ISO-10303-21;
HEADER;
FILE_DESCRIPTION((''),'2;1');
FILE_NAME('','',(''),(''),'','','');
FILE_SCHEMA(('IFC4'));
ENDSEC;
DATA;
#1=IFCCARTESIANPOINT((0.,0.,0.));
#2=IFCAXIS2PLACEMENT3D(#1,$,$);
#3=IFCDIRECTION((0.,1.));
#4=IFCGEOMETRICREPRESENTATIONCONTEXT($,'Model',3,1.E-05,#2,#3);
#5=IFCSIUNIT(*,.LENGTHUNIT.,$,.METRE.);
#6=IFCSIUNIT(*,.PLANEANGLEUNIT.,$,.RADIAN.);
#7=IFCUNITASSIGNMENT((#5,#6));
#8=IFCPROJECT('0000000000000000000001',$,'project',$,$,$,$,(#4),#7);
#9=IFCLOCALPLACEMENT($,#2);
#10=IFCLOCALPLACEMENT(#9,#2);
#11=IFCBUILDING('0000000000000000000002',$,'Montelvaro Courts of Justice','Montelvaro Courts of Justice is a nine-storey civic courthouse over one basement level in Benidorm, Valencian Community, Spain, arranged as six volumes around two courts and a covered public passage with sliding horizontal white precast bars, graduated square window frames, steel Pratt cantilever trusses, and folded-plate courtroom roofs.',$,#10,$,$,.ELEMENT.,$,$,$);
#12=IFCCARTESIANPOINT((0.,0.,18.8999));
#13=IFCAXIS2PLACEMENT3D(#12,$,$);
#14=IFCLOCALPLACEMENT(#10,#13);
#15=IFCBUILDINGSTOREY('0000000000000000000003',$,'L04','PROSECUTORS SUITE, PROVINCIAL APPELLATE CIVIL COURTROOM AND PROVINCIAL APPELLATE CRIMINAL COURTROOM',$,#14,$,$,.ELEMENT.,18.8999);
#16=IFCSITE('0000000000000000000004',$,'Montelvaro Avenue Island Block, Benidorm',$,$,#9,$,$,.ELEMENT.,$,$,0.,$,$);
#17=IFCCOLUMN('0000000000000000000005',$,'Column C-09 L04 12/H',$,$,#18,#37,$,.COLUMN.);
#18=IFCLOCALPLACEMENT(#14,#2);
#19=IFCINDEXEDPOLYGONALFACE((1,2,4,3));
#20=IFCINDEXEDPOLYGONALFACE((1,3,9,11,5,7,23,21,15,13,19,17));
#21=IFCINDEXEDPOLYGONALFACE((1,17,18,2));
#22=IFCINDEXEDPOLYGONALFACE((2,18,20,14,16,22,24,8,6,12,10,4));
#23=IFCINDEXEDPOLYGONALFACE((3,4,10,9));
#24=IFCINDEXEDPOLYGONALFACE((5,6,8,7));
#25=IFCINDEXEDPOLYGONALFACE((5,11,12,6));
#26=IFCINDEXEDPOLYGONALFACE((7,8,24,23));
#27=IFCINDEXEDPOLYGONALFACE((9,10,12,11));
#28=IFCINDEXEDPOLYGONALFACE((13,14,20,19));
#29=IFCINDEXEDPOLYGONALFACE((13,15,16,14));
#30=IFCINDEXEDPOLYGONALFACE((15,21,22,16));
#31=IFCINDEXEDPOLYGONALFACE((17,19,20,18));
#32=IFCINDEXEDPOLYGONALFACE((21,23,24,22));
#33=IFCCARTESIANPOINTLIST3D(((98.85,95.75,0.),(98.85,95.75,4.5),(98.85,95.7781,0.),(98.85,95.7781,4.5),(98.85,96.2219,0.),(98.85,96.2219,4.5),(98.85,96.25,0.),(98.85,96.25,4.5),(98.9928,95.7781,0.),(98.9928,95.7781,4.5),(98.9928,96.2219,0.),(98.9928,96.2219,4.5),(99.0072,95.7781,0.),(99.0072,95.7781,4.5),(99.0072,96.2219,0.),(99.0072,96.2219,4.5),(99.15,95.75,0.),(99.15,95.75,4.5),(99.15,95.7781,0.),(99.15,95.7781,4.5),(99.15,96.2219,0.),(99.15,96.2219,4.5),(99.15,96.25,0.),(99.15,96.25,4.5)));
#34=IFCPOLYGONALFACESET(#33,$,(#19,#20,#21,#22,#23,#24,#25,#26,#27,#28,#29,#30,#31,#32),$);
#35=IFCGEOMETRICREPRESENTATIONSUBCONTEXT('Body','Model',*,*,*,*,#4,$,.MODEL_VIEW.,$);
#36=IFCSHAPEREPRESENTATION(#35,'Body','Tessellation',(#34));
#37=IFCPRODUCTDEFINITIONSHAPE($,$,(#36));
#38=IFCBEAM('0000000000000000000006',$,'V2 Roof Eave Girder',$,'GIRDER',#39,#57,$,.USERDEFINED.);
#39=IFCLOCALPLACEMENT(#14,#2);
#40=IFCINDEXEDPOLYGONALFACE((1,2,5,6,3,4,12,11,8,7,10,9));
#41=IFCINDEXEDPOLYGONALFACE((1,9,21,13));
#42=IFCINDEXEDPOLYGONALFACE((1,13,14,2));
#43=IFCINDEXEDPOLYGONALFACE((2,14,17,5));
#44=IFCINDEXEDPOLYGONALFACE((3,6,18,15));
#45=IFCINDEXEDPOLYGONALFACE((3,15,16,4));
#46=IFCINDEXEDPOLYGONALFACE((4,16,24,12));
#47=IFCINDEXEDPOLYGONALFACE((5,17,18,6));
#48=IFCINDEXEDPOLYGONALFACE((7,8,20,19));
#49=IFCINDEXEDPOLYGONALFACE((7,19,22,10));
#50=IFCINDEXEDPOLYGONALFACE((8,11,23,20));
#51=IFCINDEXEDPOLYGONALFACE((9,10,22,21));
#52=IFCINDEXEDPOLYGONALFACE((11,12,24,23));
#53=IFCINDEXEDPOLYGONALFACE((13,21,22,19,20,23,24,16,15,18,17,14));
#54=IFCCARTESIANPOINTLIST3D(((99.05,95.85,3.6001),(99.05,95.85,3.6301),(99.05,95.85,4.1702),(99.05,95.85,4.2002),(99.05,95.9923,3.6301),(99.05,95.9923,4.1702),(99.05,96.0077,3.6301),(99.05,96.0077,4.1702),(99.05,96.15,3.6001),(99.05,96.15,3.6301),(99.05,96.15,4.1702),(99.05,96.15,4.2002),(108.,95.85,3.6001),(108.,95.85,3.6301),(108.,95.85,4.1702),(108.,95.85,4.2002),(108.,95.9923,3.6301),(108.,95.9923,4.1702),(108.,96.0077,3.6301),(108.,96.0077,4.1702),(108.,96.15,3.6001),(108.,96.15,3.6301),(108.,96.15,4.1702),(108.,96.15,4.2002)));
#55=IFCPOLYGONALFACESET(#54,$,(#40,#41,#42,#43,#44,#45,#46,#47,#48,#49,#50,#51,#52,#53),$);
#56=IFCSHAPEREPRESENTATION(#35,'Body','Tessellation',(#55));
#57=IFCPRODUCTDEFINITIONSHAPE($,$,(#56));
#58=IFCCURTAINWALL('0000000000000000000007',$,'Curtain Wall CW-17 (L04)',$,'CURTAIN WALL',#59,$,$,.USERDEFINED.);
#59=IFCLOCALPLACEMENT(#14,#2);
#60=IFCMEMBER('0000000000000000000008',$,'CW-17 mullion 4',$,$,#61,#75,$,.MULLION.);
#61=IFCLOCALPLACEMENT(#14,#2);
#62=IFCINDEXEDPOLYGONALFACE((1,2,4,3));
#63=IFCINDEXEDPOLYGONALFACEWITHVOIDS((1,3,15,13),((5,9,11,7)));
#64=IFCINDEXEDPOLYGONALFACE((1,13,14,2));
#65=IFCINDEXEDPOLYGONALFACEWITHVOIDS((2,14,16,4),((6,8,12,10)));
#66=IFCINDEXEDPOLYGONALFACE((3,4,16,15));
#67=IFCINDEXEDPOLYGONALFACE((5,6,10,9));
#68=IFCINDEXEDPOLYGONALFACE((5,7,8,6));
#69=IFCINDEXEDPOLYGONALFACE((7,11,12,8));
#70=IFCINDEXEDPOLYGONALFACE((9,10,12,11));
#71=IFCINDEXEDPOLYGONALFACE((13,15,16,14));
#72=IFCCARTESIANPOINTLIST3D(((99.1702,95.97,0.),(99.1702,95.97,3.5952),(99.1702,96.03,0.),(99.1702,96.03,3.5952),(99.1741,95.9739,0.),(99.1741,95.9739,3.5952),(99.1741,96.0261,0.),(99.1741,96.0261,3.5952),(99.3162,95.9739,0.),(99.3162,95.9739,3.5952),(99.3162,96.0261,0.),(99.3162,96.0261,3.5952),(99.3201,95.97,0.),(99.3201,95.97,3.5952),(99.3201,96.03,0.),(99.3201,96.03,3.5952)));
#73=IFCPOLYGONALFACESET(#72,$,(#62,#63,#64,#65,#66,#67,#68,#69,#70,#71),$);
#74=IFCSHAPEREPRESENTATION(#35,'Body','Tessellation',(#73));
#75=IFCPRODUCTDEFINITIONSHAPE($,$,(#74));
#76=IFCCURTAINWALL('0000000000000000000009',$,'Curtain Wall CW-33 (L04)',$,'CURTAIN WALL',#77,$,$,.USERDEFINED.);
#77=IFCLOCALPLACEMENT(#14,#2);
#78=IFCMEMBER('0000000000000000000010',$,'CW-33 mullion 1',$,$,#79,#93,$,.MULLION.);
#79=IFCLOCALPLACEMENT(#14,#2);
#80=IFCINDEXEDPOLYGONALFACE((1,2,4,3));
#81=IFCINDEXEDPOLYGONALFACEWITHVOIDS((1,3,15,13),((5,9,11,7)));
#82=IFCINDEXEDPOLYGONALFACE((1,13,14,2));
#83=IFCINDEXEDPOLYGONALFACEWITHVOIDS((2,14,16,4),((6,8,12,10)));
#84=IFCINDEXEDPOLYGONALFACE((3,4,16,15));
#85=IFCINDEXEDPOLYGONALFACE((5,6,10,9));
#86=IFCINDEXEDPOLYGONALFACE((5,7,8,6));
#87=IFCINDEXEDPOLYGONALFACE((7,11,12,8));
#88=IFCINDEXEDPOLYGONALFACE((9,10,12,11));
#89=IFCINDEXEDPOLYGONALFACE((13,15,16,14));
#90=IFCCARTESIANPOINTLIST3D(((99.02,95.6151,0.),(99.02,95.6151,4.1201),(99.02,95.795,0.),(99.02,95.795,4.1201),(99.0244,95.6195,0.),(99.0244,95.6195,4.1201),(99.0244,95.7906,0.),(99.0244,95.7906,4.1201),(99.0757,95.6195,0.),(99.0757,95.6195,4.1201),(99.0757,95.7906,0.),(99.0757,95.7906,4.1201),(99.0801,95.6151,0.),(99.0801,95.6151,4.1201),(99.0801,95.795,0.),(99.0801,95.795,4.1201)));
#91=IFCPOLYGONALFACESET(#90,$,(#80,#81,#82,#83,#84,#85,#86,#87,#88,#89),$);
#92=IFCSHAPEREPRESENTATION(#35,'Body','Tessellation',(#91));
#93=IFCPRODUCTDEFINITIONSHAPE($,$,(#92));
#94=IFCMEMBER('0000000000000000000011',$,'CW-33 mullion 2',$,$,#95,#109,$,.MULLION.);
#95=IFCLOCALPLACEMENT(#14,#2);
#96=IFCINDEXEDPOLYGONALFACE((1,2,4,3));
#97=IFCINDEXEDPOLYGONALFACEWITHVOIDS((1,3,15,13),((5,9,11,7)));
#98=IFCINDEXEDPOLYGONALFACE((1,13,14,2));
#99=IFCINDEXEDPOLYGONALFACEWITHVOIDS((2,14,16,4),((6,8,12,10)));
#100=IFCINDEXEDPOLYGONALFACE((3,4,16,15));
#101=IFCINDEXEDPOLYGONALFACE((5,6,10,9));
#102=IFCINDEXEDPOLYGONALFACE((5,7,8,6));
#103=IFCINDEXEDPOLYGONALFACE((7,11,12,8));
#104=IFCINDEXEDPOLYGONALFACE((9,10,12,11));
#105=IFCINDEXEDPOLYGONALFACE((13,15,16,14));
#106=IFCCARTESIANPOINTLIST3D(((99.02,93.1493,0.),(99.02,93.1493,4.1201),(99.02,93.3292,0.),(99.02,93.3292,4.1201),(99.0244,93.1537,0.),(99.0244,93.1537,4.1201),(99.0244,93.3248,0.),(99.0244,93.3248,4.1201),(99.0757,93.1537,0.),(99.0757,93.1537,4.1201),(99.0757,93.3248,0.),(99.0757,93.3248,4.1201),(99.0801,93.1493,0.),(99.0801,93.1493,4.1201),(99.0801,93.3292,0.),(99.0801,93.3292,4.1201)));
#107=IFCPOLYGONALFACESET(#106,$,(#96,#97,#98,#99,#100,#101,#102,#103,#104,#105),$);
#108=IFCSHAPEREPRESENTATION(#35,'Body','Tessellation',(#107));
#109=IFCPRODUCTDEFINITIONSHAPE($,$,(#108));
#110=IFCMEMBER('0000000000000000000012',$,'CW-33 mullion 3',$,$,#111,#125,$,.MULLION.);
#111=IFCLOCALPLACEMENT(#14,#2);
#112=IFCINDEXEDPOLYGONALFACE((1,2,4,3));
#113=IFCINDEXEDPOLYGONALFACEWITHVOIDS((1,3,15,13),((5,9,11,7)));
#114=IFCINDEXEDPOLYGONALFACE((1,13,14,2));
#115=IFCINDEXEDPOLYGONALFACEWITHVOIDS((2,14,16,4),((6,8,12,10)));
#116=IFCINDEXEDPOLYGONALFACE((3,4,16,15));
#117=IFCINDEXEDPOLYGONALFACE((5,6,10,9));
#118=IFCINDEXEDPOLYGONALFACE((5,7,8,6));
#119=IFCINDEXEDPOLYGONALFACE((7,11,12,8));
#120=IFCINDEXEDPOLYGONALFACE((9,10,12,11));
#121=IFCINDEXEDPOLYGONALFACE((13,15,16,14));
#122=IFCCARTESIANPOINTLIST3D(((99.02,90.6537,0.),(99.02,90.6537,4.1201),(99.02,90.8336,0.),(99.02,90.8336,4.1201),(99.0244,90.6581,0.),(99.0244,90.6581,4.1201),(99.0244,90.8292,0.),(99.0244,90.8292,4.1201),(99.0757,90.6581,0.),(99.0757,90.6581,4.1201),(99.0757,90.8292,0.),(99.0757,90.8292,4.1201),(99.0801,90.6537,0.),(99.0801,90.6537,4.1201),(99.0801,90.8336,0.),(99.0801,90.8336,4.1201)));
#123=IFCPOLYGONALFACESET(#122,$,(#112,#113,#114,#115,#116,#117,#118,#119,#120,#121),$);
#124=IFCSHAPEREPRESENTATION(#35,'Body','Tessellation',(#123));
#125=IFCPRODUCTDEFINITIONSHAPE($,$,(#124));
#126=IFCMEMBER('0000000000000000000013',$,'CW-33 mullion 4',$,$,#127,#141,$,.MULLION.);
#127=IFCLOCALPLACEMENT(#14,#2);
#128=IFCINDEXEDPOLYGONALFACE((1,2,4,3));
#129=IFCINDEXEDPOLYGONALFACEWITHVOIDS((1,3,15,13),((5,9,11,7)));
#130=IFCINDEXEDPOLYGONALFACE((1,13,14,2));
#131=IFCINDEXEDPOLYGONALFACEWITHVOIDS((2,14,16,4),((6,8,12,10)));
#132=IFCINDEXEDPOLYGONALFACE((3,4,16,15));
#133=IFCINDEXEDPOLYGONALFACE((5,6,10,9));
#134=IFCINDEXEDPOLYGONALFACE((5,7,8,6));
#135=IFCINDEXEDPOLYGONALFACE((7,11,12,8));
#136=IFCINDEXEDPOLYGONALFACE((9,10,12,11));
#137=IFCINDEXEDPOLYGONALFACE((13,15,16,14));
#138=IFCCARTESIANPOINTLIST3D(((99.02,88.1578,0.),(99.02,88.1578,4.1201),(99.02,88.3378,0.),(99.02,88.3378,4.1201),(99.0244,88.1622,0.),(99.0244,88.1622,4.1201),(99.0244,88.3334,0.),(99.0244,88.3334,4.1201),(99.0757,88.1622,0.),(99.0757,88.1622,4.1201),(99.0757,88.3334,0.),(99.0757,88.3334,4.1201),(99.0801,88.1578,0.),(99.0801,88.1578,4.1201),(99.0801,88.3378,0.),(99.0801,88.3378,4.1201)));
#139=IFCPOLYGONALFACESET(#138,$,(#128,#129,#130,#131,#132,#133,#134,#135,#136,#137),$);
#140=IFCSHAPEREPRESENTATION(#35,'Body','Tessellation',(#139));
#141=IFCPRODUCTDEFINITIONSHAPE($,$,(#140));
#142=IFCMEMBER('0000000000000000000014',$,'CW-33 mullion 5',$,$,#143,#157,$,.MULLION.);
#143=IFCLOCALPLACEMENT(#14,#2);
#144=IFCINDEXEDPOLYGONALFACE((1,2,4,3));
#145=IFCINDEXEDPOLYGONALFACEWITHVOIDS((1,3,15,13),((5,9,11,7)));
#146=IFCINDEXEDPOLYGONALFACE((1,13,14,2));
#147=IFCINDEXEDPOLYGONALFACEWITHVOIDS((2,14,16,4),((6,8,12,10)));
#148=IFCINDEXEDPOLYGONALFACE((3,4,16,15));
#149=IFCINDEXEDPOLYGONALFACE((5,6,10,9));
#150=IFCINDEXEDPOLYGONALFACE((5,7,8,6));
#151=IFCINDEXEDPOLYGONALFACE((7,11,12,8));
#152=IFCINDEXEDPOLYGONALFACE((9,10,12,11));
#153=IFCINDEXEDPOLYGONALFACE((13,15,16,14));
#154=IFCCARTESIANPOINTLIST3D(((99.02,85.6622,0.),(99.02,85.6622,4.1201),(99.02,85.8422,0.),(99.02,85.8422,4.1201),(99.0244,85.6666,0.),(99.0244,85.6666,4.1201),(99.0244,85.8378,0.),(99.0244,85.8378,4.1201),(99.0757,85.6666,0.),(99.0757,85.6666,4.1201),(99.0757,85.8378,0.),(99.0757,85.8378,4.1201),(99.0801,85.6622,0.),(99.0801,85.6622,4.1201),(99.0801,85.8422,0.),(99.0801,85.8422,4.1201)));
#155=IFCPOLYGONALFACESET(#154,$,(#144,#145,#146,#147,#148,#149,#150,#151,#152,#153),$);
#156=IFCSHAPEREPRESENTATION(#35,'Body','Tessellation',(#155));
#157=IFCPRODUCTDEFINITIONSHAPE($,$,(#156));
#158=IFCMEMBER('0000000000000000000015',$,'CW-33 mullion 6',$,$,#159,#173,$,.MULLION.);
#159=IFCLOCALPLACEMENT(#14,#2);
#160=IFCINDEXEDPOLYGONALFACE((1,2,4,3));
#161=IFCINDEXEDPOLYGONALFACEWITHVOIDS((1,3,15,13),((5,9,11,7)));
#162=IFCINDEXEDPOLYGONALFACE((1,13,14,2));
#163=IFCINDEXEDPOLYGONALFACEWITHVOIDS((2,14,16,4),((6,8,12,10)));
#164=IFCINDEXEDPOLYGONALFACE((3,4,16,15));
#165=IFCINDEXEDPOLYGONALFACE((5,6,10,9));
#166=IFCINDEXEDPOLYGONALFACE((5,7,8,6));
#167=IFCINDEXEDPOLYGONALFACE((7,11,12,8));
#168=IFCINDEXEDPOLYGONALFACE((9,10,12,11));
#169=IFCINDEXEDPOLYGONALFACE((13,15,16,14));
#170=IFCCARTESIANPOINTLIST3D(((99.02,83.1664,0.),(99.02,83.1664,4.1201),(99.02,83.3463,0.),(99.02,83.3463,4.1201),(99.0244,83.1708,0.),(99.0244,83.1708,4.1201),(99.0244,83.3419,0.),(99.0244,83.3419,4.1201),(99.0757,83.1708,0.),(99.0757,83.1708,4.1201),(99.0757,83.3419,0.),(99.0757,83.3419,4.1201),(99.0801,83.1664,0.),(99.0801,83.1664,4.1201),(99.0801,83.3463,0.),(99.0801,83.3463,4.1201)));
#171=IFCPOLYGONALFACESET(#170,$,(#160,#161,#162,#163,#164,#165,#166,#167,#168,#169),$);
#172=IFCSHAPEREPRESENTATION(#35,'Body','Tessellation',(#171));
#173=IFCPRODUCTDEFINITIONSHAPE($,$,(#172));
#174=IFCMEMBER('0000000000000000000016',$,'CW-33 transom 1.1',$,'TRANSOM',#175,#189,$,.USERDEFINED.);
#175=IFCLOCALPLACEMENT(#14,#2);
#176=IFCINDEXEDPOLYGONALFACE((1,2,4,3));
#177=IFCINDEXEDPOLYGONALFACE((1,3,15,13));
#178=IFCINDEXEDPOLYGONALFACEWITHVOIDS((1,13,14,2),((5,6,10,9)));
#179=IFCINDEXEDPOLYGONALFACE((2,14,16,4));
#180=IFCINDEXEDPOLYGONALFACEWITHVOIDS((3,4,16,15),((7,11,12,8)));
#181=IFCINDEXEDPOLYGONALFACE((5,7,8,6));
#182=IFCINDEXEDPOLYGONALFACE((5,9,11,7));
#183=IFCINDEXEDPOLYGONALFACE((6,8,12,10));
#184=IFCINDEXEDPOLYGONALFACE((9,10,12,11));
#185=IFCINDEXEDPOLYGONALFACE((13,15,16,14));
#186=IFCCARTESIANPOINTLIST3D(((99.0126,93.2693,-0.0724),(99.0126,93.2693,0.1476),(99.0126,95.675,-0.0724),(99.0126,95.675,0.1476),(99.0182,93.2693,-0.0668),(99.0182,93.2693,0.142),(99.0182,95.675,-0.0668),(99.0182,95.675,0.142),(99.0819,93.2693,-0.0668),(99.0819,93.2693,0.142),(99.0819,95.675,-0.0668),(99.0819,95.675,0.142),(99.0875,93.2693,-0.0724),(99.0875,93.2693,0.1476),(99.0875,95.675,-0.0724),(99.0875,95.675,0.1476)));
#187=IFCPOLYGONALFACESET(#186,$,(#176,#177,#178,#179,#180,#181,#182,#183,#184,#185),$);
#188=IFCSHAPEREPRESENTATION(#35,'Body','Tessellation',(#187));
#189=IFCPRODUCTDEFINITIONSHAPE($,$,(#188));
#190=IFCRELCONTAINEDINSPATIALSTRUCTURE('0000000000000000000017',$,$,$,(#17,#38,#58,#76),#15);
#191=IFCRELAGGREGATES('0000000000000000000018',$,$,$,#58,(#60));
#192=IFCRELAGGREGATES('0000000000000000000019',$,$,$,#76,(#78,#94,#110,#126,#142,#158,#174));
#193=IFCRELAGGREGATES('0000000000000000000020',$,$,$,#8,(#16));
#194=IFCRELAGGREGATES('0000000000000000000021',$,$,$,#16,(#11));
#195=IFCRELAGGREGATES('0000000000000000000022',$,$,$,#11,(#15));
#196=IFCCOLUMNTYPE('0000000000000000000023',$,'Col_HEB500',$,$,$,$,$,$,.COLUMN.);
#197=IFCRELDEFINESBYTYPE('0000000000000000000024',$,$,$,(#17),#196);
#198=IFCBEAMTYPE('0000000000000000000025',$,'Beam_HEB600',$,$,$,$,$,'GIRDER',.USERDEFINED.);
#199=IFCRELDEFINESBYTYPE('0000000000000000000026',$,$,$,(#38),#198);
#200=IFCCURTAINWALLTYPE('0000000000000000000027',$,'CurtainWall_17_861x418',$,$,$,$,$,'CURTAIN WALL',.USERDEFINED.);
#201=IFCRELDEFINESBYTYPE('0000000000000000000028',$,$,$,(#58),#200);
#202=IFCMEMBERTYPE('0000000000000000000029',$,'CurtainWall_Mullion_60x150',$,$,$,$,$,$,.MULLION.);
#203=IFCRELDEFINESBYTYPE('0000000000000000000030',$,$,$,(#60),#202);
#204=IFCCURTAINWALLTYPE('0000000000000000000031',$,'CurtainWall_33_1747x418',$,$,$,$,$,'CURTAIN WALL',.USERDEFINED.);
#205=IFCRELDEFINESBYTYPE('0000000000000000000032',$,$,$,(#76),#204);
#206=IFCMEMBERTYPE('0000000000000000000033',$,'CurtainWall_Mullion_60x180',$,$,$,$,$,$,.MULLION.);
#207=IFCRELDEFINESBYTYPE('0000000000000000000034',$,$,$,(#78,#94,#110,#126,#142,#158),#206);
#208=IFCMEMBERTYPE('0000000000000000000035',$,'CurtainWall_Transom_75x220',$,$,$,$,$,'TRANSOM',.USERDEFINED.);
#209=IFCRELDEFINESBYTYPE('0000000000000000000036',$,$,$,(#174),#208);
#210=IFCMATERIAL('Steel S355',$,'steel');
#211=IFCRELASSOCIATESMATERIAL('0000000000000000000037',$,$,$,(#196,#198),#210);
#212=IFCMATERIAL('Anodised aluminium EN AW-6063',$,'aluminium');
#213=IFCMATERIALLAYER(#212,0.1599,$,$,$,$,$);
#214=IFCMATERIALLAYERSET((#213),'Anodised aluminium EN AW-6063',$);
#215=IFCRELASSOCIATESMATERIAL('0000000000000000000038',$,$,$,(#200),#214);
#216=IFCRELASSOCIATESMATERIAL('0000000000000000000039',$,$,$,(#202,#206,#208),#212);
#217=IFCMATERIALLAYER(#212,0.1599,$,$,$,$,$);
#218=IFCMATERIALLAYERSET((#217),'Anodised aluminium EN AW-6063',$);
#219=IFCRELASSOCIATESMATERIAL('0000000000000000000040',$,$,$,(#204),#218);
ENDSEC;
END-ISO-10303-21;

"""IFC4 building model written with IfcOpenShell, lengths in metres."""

from ifc_helpers import new_model, si_unit, direction, frame, origin, origin_2d, place, context, subcontext, project, spatial, hollow_rectangle, i_section, extrude, material, layer, layer_set, material_profile, profile_set, type_object, element, aggregate, save


model = new_model("IFC4")

# Units and contexts
model_context = context("Model", 3, precision=1e-05, world=origin(), true_north=direction((0.0, 1.0)))
body_context = subcontext(model_context, "Body", "Model", "MODEL_VIEW")
ifc_project = project(units=[si_unit("LENGTHUNIT", "METRE"), si_unit("PLANEANGLEUNIT", "RADIAN")], contexts=[model_context])

# Site, building, storey
site_placement = place(None, origin())
site = spatial("IfcSite", under=ifc_project, at=site_placement, Name="Montelvaro Avenue Island Block, Benidorm", CompositionType="ELEMENT", RefElevation=0.0)
building_placement = place(site_placement, origin())
building = spatial("IfcBuilding", under=site, at=building_placement, Name="Montelvaro Courts of Justice", Description="Montelvaro Courts of Justice is a nine-storey civic courthouse over one basement level in Benidorm, Valencian Community, Spain, arranged as six volumes around two courts and a covered public passage with sliding horizontal white precast bars, graduated square window frames, steel Pratt cantilever trusses, and folded-plate courtroom roofs.", CompositionType="ELEMENT")
storey_placement = place(building_placement, frame((0.0, 0.0, 18.8999)))
storey = spatial("IfcBuildingStorey", under=building, at=storey_placement, Name="L04", Description="PROSECUTORS SUITE, PROVINCIAL APPELLATE CIVIL COURTROOM AND PROVINCIAL APPELLATE CRIMINAL COURTROOM", CompositionType="ELEMENT", Elevation=18.8999)

# Column
ifc_material_1 = material(Name="Steel S355", Category="steel")
ifc_material_profile_1 = material_profile(ifc_material_1, i_section(OverallWidth=0.3, OverallDepth=0.5, WebThickness=0.0144, FlangeThickness=0.0281, at=origin_2d()), Name="HEB 500")
ifc_profile_set_1 = profile_set([ifc_material_profile_1], Name="Steel S355")
column_type = type_object("IfcColumnType", Name="Col_HEB500", PredefinedType="COLUMN", material=ifc_profile_set_1)
column_placement = place(storey_placement, frame((99.0, 96.0, 0.0), z_axis=(0.0, 0.0, 1.0), x_axis=(1.0, 0.0, 0.0)))
element("IfcColumn", 1, at=column_placement, inside=storey, type_object=column_type, Name="Column C-09 L04 12/H", PredefinedType="COLUMN", context=body_context, shape_type="SweptSolid", body=[
    extrude(i_section(OverallWidth=0.3, OverallDepth=0.5, WebThickness=0.0144, FlangeThickness=0.0281, at=origin_2d()), origin(), (0.0, 0.0, 1.0), 4.5),
])

# Beam
ifc_material_profile_2 = material_profile(ifc_material_1, i_section(OverallWidth=0.3, OverallDepth=0.6001, WebThickness=0.0154, FlangeThickness=0.03, at=origin_2d()), Name="HEB 600")
ifc_profile_set_2 = profile_set([ifc_material_profile_2], Name="Steel S355")
beam_type = type_object("IfcBeamType", Name="Beam_HEB600", ElementType="GIRDER", PredefinedType="USERDEFINED", material=ifc_profile_set_2)
beam_placement = place(storey_placement, frame((99.05, 96.0, 3.9001), z_axis=(1.0, 0.0, 0.0), x_axis=(0.0, 1.0, 0.0)))
element("IfcBeam", 2, at=beam_placement, inside=storey, type_object=beam_type, Name="V2 Roof Eave Girder", ObjectType="GIRDER", PredefinedType="USERDEFINED", context=body_context, shape_type="SweptSolid", body=[
    extrude(i_section(OverallWidth=0.3, OverallDepth=0.6001, WebThickness=0.0154, FlangeThickness=0.03, at=origin_2d()), origin(), (0.0, 0.0, 1.0), 8.95),
])

# Curtain wall, member
ifc_material_2 = material(Name="Anodised aluminium EN AW-6063", Category="aluminium")
ifc_layer_1 = layer(ifc_material_2, 0.1599)
ifc_layer_set_1 = layer_set([ifc_layer_1], Name="Anodised aluminium EN AW-6063")
curtain_wall_type_1 = type_object("IfcCurtainWallType", Name="CurtainWall_17_861x418", ElementType="CURTAIN WALL", PredefinedType="USERDEFINED", material=ifc_layer_set_1)
curtain_wall_1_placement = place(storey_placement, origin())
curtain_wall_1 = element("IfcCurtainWall", 3, at=curtain_wall_1_placement, inside=storey, type_object=curtain_wall_type_1, Name="Curtain Wall CW-17 (L04)", ObjectType="CURTAIN WALL", PredefinedType="USERDEFINED")
ifc_material_profile_3 = material_profile(ifc_material_2, hollow_rectangle(XDim=0.0601, YDim=0.1499, WallThickness=0.0039, at=origin_2d()), Name="ALU-M 60x150")
ifc_profile_set_3 = profile_set([ifc_material_profile_3], Name="Anodised aluminium EN AW-6063")
member_type_1 = type_object("IfcMemberType", Name="CurtainWall_Mullion_60x150", PredefinedType="MULLION", material=ifc_profile_set_3)
member_1_placement = place(storey_placement, frame((99.2451, 96.0, 0.0), z_axis=(0.0, 0.0, 1.0), x_axis=(0.0, -1.0, 0.0)))
member_1 = element("IfcMember", 4, at=member_1_placement, type_object=member_type_1, Name="CW-17 mullion 4", PredefinedType="MULLION", context=body_context, shape_type="SweptSolid", body=[
    extrude(hollow_rectangle(XDim=0.0601, YDim=0.1499, WallThickness=0.0039, at=origin_2d()), origin(), (0.0, 0.0, 1.0), 3.5952),
])

# Curtain wall, members
ifc_layer_2 = layer(ifc_material_2, 0.1599)
ifc_layer_set_2 = layer_set([ifc_layer_2], Name="Anodised aluminium EN AW-6063")
curtain_wall_type_2 = type_object("IfcCurtainWallType", Name="CurtainWall_33_1747x418", ElementType="CURTAIN WALL", PredefinedType="USERDEFINED", material=ifc_layer_set_2)
curtain_wall_2_placement = place(storey_placement, origin())
curtain_wall_2 = element("IfcCurtainWall", 5, at=curtain_wall_2_placement, inside=storey, type_object=curtain_wall_type_2, Name="Curtain Wall CW-33 (L04)", ObjectType="CURTAIN WALL", PredefinedType="USERDEFINED")
ifc_material_profile_4 = material_profile(ifc_material_2, hollow_rectangle(XDim=0.0601, YDim=0.1799, WallThickness=0.0044, at=origin_2d()), Name="ALU-M 60x180")
ifc_profile_set_4 = profile_set([ifc_material_profile_4], Name="Anodised aluminium EN AW-6063")
member_type_2 = type_object("IfcMemberType", Name="CurtainWall_Mullion_60x180", PredefinedType="MULLION", material=ifc_profile_set_4)
member_2_placement = place(storey_placement, frame((99.05, 95.7051, 0.0), z_axis=(0.0, 0.0, 1.0), x_axis=(1.0, 0.0, 0.0)))
member_2 = element("IfcMember", 6, at=member_2_placement, type_object=member_type_2, Name="CW-33 mullion 1", PredefinedType="MULLION", context=body_context, shape_type="SweptSolid", body=[
    extrude(hollow_rectangle(XDim=0.0601, YDim=0.1799, WallThickness=0.0044, at=origin_2d()), origin(), (0.0, 0.0, 1.0), 4.1201),
])
member_3_placement = place(storey_placement, frame((99.05, 93.2393, 0.0), z_axis=(0.0, 0.0, 1.0), x_axis=(1.0, 0.0, 0.0)))
member_3 = element("IfcMember", 7, at=member_3_placement, type_object=member_type_2, Name="CW-33 mullion 2", PredefinedType="MULLION", context=body_context, shape_type="SweptSolid", body=[
    extrude(hollow_rectangle(XDim=0.0601, YDim=0.1799, WallThickness=0.0044, at=origin_2d()), origin(), (0.0, 0.0, 1.0), 4.1201),
])
member_4_placement = place(storey_placement, frame((99.05, 90.7437, 0.0), z_axis=(0.0, 0.0, 1.0), x_axis=(1.0, 0.0, 0.0)))
member_4 = element("IfcMember", 8, at=member_4_placement, type_object=member_type_2, Name="CW-33 mullion 3", PredefinedType="MULLION", context=body_context, shape_type="SweptSolid", body=[
    extrude(hollow_rectangle(XDim=0.0601, YDim=0.1799, WallThickness=0.0044, at=origin_2d()), origin(), (0.0, 0.0, 1.0), 4.1201),
])
member_5_placement = place(storey_placement, frame((99.05, 88.2478, 0.0), z_axis=(0.0, 0.0, 1.0), x_axis=(1.0, 0.0, 0.0)))
member_5 = element("IfcMember", 9, at=member_5_placement, type_object=member_type_2, Name="CW-33 mullion 4", PredefinedType="MULLION", context=body_context, shape_type="SweptSolid", body=[
    extrude(hollow_rectangle(XDim=0.0601, YDim=0.1799, WallThickness=0.0044, at=origin_2d()), origin(), (0.0, 0.0, 1.0), 4.1201),
])
member_6_placement = place(storey_placement, frame((99.05, 85.7522, 0.0), z_axis=(0.0, 0.0, 1.0), x_axis=(1.0, 0.0, 0.0)))
member_6 = element("IfcMember", 10, at=member_6_placement, type_object=member_type_2, Name="CW-33 mullion 5", PredefinedType="MULLION", context=body_context, shape_type="SweptSolid", body=[
    extrude(hollow_rectangle(XDim=0.0601, YDim=0.1799, WallThickness=0.0044, at=origin_2d()), origin(), (0.0, 0.0, 1.0), 4.1201),
])
member_7_placement = place(storey_placement, frame((99.05, 83.2563, 0.0), z_axis=(0.0, 0.0, 1.0), x_axis=(1.0, 0.0, 0.0)))
member_7 = element("IfcMember", 11, at=member_7_placement, type_object=member_type_2, Name="CW-33 mullion 6", PredefinedType="MULLION", context=body_context, shape_type="SweptSolid", body=[
    extrude(hollow_rectangle(XDim=0.0601, YDim=0.1799, WallThickness=0.0044, at=origin_2d()), origin(), (0.0, 0.0, 1.0), 4.1201),
])
ifc_material_profile_5 = material_profile(ifc_material_2, hollow_rectangle(XDim=0.075, YDim=0.22, WallThickness=0.0056, at=origin_2d()), Name="ALU-T 75x220")
ifc_profile_set_5 = profile_set([ifc_material_profile_5], Name="Anodised aluminium EN AW-6063")
member_type_3 = type_object("IfcMemberType", Name="CurtainWall_Transom_75x220", ElementType="TRANSOM", PredefinedType="USERDEFINED", material=ifc_profile_set_5)
member_8_placement = place(storey_placement, frame((99.05, 95.675, 0.0376), z_axis=(0.0, -1.0, 0.0), x_axis=(1.0, 0.0, 0.0)))
member_8 = element("IfcMember", 12, at=member_8_placement, type_object=member_type_3, Name="CW-33 transom 1.1", ObjectType="TRANSOM", PredefinedType="USERDEFINED", context=body_context, shape_type="SweptSolid", body=[
    extrude(hollow_rectangle(XDim=0.075, YDim=0.22, WallThickness=0.0056, at=origin_2d()), origin(), (0.0, 0.0, 1.0), 2.4058),
])

aggregate(curtain_wall_1, [member_1])
aggregate(curtain_wall_2, [member_2, member_3, member_4, member_5, member_6, member_7, member_8])

save(model, "model.ifc")
